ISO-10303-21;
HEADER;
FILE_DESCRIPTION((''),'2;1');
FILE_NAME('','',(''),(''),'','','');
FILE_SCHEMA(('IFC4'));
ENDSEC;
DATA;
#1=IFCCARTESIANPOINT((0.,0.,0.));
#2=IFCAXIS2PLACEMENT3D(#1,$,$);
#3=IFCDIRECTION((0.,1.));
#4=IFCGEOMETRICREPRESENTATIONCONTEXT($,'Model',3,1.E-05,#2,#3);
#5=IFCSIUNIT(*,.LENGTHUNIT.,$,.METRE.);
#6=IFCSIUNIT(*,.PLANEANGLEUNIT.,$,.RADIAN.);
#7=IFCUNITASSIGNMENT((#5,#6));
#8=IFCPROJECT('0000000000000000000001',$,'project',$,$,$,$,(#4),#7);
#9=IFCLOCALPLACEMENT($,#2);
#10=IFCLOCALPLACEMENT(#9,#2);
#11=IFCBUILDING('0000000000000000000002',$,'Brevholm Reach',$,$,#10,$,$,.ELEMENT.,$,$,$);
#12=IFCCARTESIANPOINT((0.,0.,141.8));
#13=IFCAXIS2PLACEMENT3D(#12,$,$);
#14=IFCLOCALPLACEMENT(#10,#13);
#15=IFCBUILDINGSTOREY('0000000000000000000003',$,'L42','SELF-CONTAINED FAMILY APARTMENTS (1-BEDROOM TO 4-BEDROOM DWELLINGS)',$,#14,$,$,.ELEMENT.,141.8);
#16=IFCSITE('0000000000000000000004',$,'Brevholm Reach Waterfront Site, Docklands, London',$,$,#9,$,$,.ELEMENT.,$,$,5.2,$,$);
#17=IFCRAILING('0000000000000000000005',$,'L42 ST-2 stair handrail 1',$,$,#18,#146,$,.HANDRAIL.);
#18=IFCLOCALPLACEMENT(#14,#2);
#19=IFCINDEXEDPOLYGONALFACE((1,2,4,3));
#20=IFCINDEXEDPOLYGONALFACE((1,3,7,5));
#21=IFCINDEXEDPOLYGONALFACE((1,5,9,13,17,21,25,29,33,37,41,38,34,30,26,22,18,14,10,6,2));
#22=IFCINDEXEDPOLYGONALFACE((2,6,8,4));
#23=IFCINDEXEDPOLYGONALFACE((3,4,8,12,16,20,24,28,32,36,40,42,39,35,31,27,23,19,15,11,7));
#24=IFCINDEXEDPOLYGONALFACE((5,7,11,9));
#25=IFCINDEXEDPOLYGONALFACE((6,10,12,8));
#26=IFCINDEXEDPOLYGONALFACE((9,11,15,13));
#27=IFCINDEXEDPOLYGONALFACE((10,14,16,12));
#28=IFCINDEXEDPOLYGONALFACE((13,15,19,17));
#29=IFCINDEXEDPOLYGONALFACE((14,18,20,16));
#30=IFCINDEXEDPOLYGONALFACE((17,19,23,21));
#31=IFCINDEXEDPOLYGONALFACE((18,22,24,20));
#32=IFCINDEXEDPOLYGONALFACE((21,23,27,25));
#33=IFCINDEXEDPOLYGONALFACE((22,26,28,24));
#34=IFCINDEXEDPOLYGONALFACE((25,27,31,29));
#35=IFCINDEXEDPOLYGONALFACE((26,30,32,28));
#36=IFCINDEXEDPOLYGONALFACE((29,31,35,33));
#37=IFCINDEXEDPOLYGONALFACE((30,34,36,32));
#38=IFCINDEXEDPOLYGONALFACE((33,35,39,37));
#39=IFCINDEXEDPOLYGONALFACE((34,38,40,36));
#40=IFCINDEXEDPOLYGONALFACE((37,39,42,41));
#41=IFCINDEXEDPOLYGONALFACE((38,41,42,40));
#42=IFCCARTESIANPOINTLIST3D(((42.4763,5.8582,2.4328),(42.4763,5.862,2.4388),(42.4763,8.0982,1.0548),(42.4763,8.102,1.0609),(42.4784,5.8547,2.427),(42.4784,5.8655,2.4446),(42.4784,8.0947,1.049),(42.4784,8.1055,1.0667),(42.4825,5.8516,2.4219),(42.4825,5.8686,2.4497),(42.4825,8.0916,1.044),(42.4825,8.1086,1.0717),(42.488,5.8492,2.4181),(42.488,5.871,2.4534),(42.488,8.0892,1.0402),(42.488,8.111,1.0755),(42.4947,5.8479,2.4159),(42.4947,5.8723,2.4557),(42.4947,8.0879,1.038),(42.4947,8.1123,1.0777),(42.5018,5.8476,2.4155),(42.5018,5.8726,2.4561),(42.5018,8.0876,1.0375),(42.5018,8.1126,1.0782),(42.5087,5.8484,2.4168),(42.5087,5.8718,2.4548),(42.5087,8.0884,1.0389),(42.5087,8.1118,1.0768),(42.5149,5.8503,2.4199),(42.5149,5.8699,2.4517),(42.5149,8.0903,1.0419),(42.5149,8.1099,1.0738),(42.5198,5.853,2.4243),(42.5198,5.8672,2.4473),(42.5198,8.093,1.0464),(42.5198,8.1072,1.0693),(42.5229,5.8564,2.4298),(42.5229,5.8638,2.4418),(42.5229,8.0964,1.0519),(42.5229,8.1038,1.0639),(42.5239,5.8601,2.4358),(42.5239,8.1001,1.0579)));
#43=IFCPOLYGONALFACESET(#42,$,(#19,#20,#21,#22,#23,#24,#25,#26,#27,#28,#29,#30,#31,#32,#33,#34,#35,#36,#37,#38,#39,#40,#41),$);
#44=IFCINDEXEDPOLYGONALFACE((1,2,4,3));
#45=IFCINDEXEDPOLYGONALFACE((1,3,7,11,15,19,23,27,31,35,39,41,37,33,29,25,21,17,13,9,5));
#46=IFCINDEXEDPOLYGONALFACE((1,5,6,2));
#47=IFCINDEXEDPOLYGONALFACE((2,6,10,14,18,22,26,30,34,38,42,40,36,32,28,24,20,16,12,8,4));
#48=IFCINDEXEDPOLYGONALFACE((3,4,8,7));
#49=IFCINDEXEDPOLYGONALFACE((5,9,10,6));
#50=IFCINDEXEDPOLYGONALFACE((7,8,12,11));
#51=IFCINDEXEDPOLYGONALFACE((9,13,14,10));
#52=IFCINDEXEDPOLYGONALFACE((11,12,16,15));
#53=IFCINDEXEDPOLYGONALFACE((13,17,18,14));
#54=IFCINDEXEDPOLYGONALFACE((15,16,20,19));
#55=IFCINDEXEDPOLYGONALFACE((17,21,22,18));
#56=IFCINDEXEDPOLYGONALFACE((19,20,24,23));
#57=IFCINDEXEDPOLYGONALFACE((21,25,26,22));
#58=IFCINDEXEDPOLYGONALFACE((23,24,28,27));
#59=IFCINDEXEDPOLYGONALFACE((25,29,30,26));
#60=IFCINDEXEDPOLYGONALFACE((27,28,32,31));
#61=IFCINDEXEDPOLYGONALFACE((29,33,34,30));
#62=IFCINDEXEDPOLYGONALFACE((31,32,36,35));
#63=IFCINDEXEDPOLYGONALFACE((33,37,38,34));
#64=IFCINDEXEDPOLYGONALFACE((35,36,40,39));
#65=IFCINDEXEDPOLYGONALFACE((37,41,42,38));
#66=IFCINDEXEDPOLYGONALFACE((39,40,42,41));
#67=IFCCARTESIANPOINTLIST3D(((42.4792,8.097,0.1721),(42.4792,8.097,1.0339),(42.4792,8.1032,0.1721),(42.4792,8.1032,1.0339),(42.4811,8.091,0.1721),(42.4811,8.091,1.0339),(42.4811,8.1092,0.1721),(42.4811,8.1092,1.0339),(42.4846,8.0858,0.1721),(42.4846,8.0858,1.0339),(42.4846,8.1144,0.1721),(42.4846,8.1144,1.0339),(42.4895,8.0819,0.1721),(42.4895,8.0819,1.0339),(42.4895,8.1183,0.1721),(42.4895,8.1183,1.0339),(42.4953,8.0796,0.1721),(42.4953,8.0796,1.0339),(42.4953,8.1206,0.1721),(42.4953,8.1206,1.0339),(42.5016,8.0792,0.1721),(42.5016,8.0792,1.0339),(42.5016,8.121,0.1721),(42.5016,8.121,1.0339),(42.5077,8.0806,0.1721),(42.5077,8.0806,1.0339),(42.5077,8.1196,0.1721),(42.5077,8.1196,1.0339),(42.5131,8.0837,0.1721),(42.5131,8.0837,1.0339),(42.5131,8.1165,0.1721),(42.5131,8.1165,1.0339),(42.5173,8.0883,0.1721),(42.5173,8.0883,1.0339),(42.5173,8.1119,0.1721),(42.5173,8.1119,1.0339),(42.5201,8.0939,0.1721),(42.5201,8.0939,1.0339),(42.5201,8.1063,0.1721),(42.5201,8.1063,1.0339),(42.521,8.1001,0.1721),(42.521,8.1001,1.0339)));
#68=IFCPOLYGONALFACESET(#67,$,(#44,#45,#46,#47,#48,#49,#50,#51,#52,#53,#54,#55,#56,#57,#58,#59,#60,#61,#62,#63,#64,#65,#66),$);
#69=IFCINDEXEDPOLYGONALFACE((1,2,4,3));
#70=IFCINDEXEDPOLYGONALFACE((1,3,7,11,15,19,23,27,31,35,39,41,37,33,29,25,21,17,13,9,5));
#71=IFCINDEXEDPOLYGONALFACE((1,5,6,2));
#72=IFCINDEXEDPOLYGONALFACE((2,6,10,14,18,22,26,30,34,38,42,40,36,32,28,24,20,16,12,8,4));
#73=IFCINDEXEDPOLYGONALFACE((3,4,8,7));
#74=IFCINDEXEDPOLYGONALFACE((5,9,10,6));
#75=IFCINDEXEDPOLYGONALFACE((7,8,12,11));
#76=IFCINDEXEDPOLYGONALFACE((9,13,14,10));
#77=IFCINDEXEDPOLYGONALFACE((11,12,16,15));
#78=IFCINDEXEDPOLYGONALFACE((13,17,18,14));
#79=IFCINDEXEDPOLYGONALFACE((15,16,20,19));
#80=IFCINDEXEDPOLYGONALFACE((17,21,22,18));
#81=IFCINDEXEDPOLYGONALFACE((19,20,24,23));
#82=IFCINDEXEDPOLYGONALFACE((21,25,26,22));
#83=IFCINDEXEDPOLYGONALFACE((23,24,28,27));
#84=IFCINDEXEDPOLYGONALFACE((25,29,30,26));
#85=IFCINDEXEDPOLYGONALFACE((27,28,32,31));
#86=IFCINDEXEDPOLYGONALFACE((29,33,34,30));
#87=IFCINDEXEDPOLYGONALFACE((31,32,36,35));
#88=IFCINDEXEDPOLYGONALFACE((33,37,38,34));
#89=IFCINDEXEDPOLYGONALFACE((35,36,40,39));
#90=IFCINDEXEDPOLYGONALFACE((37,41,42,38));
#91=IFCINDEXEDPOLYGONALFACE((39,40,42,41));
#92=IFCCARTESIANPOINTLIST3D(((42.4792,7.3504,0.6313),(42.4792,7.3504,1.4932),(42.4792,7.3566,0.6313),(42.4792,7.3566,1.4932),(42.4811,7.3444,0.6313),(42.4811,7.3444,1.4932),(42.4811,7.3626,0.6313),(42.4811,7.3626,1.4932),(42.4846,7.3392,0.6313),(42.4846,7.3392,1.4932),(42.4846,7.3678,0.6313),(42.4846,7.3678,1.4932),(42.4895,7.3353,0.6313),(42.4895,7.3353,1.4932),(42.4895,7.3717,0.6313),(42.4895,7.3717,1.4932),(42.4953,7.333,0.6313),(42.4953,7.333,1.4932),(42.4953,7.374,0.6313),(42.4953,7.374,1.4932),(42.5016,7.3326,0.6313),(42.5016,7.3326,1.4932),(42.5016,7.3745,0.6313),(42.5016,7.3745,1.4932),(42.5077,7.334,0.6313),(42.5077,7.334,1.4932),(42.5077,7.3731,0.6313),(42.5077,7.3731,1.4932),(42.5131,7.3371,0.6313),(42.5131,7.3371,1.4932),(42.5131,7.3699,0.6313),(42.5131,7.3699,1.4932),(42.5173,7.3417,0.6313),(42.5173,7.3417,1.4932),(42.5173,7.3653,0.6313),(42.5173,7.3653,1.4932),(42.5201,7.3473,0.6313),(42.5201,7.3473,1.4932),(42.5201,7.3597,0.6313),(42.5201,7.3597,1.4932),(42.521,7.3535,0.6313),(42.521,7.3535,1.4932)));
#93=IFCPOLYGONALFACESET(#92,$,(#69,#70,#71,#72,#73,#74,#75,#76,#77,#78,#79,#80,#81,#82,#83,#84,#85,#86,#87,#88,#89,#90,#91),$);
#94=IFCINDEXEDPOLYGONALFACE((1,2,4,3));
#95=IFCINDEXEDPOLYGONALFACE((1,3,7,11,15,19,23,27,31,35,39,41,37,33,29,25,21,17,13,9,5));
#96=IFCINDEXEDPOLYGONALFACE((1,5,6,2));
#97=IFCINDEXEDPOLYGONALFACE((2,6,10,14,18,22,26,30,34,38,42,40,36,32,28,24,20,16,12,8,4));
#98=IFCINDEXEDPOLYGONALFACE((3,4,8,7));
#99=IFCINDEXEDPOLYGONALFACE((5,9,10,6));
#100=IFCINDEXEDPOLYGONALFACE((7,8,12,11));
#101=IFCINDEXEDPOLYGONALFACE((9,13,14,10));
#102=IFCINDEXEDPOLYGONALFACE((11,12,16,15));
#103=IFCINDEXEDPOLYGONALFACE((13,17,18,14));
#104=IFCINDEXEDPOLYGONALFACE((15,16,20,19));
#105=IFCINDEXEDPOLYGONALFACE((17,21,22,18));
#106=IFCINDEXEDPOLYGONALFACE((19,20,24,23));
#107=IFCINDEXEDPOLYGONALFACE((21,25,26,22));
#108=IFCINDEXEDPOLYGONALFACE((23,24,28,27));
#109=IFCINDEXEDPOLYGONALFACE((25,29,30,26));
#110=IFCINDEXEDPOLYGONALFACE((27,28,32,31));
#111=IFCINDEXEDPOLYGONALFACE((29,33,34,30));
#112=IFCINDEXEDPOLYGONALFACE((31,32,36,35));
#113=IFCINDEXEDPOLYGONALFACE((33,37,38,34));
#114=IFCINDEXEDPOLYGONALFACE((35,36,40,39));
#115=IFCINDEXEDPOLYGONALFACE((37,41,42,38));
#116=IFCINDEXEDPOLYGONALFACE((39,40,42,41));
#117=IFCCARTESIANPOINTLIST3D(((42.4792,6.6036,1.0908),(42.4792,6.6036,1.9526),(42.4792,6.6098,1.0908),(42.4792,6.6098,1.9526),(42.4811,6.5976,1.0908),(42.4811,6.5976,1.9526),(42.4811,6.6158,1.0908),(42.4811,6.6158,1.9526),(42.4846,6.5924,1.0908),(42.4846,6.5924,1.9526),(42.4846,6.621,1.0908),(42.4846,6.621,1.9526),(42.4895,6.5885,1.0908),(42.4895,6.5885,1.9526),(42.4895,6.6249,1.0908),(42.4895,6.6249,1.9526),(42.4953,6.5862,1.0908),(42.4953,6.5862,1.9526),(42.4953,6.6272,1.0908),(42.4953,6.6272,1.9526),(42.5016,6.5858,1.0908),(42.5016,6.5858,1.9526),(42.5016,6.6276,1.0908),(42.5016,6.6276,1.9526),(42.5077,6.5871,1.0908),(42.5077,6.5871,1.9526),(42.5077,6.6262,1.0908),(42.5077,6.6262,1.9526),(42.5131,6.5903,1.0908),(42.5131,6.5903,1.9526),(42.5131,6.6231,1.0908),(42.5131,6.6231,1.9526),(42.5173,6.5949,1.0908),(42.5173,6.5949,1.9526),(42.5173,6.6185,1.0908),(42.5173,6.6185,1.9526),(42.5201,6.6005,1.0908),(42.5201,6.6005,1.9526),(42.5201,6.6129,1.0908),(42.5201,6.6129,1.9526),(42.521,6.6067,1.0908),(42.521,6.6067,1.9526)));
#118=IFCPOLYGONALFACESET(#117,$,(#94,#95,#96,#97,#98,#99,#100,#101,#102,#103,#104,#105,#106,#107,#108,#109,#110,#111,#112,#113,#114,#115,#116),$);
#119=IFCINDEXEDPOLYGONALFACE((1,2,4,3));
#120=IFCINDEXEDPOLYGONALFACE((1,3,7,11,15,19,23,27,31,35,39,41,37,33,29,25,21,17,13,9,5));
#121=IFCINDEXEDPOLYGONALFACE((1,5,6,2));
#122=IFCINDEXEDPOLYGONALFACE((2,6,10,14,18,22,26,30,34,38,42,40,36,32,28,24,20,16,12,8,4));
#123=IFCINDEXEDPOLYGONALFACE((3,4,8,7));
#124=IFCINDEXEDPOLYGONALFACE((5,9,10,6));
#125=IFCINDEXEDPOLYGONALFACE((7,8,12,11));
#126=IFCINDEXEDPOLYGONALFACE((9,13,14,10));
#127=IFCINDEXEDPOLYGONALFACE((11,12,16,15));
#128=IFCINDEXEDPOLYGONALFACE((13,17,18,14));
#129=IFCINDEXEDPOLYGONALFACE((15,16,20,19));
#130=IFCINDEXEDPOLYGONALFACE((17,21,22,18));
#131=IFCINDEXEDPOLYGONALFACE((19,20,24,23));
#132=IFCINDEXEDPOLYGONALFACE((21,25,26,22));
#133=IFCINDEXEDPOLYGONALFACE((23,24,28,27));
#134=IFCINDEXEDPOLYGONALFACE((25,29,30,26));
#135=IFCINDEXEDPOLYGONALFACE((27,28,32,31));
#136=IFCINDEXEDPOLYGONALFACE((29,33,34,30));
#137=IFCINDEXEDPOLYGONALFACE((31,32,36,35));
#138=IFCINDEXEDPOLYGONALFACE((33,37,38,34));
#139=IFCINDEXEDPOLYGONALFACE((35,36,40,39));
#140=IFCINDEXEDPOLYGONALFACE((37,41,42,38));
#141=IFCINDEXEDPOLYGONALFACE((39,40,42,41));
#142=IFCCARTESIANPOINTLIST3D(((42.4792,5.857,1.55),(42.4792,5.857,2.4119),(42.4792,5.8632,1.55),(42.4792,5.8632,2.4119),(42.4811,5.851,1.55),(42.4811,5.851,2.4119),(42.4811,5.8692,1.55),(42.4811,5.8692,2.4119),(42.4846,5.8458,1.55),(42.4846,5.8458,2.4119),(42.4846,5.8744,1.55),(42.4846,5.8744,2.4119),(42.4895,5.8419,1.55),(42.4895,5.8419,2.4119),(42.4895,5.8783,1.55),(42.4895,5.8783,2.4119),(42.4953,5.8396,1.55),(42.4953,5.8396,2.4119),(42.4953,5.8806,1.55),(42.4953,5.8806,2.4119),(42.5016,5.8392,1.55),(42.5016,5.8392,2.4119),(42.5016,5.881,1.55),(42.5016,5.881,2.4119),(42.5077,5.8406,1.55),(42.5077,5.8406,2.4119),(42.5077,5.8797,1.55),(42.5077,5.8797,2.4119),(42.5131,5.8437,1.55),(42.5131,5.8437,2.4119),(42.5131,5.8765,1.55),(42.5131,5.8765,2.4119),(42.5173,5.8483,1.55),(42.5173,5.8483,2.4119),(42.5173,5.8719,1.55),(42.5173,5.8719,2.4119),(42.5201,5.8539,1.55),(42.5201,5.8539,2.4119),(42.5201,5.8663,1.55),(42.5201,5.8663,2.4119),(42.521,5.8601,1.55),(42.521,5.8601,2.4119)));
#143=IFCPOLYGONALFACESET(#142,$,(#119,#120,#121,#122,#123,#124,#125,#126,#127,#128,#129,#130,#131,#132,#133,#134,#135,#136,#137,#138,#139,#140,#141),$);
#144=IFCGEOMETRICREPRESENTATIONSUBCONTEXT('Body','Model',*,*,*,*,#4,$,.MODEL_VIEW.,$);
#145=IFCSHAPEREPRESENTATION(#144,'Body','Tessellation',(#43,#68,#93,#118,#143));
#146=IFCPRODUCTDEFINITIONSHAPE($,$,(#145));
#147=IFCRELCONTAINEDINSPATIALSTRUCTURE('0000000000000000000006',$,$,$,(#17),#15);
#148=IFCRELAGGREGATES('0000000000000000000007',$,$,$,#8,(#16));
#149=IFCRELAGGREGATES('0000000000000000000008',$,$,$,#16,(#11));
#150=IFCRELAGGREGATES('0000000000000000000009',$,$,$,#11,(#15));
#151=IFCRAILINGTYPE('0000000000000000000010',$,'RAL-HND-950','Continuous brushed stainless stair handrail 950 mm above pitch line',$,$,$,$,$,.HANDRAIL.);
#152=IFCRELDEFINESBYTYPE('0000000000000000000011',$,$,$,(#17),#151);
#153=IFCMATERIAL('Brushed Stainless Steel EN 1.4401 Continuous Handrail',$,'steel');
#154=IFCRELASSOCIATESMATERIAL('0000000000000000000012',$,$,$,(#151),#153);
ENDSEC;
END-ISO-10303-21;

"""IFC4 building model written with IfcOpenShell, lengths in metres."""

from ifc_helpers import new_model, si_unit, direction, frame, origin, origin_2d, place, context, subcontext, project, spatial, circle, extrude, material, type_object, element, save


model = new_model("IFC4")

# Units and contexts
model_context = context("Model", 3, precision=1e-05, world=origin(), true_north=direction((0.0, 1.0)))
body_context = subcontext(model_context, "Body", "Model", "MODEL_VIEW")
ifc_project = project(units=[si_unit("LENGTHUNIT", "METRE"), si_unit("PLANEANGLEUNIT", "RADIAN")], contexts=[model_context])

# Site, building, storey
site_placement = place(None, origin())
site = spatial("IfcSite", under=ifc_project, at=site_placement, Name="Brevholm Reach Waterfront Site, Docklands, London", CompositionType="ELEMENT", RefElevation=5.2)
building_placement = place(site_placement, origin())
building = spatial("IfcBuilding", under=site, at=building_placement, Name="Brevholm Reach", CompositionType="ELEMENT")
storey_placement = place(building_placement, frame((0.0, 0.0, 141.8)))
storey = spatial("IfcBuildingStorey", under=building, at=storey_placement, Name="L42", Description="SELF-CONTAINED FAMILY APARTMENTS (1-BEDROOM TO 4-BEDROOM DWELLINGS)", CompositionType="ELEMENT", Elevation=141.8)

# Railing
ifc_material_1 = material(Name="Brushed Stainless Steel EN 1.4401 Continuous Handrail", Category="steel")
railing_type_1 = type_object("IfcRailingType", Name="RAL-HND-950", Description="Continuous brushed stainless stair handrail 950 mm above pitch line", PredefinedType="HANDRAIL", material=ifc_material_1)
railing_1_placement = place(storey_placement, frame((42.5, 8.1001, 0.1721)))
element("IfcRailing", 1, at=railing_1_placement, inside=storey, type_object=railing_type_1, Name="L42 ST-2 stair handrail 1", PredefinedType="HANDRAIL", context=body_context, shape_type="SweptSolid", body=[
    extrude(circle(Radius=0.0239, at=origin_2d()), frame((0.0, 0.0, 0.8857), z_axis=(0.0, -0.851748, 0.523952), x_axis=(1.0, 0.0, 0.0)), (0.0, 0.0, 1.0), 2.6299),
    extrude(circle(Radius=0.021, at=origin_2d()), origin(), (0.0, 0.0, 1.0), 0.8618),
    extrude(circle(Radius=0.021, at=origin_2d()), frame((0.0, -0.7466, 0.4592)), (0.0, 0.0, 1.0), 0.8618),
    extrude(circle(Radius=0.021, at=origin_2d()), frame((0.0, -1.4934, 0.9187)), (0.0, 0.0, 1.0), 0.8618),
    extrude(circle(Radius=0.021, at=origin_2d()), frame((0.0, -2.24, 1.3779)), (0.0, 0.0, 1.0), 0.8618),
])

save(model, "model.ifc")
